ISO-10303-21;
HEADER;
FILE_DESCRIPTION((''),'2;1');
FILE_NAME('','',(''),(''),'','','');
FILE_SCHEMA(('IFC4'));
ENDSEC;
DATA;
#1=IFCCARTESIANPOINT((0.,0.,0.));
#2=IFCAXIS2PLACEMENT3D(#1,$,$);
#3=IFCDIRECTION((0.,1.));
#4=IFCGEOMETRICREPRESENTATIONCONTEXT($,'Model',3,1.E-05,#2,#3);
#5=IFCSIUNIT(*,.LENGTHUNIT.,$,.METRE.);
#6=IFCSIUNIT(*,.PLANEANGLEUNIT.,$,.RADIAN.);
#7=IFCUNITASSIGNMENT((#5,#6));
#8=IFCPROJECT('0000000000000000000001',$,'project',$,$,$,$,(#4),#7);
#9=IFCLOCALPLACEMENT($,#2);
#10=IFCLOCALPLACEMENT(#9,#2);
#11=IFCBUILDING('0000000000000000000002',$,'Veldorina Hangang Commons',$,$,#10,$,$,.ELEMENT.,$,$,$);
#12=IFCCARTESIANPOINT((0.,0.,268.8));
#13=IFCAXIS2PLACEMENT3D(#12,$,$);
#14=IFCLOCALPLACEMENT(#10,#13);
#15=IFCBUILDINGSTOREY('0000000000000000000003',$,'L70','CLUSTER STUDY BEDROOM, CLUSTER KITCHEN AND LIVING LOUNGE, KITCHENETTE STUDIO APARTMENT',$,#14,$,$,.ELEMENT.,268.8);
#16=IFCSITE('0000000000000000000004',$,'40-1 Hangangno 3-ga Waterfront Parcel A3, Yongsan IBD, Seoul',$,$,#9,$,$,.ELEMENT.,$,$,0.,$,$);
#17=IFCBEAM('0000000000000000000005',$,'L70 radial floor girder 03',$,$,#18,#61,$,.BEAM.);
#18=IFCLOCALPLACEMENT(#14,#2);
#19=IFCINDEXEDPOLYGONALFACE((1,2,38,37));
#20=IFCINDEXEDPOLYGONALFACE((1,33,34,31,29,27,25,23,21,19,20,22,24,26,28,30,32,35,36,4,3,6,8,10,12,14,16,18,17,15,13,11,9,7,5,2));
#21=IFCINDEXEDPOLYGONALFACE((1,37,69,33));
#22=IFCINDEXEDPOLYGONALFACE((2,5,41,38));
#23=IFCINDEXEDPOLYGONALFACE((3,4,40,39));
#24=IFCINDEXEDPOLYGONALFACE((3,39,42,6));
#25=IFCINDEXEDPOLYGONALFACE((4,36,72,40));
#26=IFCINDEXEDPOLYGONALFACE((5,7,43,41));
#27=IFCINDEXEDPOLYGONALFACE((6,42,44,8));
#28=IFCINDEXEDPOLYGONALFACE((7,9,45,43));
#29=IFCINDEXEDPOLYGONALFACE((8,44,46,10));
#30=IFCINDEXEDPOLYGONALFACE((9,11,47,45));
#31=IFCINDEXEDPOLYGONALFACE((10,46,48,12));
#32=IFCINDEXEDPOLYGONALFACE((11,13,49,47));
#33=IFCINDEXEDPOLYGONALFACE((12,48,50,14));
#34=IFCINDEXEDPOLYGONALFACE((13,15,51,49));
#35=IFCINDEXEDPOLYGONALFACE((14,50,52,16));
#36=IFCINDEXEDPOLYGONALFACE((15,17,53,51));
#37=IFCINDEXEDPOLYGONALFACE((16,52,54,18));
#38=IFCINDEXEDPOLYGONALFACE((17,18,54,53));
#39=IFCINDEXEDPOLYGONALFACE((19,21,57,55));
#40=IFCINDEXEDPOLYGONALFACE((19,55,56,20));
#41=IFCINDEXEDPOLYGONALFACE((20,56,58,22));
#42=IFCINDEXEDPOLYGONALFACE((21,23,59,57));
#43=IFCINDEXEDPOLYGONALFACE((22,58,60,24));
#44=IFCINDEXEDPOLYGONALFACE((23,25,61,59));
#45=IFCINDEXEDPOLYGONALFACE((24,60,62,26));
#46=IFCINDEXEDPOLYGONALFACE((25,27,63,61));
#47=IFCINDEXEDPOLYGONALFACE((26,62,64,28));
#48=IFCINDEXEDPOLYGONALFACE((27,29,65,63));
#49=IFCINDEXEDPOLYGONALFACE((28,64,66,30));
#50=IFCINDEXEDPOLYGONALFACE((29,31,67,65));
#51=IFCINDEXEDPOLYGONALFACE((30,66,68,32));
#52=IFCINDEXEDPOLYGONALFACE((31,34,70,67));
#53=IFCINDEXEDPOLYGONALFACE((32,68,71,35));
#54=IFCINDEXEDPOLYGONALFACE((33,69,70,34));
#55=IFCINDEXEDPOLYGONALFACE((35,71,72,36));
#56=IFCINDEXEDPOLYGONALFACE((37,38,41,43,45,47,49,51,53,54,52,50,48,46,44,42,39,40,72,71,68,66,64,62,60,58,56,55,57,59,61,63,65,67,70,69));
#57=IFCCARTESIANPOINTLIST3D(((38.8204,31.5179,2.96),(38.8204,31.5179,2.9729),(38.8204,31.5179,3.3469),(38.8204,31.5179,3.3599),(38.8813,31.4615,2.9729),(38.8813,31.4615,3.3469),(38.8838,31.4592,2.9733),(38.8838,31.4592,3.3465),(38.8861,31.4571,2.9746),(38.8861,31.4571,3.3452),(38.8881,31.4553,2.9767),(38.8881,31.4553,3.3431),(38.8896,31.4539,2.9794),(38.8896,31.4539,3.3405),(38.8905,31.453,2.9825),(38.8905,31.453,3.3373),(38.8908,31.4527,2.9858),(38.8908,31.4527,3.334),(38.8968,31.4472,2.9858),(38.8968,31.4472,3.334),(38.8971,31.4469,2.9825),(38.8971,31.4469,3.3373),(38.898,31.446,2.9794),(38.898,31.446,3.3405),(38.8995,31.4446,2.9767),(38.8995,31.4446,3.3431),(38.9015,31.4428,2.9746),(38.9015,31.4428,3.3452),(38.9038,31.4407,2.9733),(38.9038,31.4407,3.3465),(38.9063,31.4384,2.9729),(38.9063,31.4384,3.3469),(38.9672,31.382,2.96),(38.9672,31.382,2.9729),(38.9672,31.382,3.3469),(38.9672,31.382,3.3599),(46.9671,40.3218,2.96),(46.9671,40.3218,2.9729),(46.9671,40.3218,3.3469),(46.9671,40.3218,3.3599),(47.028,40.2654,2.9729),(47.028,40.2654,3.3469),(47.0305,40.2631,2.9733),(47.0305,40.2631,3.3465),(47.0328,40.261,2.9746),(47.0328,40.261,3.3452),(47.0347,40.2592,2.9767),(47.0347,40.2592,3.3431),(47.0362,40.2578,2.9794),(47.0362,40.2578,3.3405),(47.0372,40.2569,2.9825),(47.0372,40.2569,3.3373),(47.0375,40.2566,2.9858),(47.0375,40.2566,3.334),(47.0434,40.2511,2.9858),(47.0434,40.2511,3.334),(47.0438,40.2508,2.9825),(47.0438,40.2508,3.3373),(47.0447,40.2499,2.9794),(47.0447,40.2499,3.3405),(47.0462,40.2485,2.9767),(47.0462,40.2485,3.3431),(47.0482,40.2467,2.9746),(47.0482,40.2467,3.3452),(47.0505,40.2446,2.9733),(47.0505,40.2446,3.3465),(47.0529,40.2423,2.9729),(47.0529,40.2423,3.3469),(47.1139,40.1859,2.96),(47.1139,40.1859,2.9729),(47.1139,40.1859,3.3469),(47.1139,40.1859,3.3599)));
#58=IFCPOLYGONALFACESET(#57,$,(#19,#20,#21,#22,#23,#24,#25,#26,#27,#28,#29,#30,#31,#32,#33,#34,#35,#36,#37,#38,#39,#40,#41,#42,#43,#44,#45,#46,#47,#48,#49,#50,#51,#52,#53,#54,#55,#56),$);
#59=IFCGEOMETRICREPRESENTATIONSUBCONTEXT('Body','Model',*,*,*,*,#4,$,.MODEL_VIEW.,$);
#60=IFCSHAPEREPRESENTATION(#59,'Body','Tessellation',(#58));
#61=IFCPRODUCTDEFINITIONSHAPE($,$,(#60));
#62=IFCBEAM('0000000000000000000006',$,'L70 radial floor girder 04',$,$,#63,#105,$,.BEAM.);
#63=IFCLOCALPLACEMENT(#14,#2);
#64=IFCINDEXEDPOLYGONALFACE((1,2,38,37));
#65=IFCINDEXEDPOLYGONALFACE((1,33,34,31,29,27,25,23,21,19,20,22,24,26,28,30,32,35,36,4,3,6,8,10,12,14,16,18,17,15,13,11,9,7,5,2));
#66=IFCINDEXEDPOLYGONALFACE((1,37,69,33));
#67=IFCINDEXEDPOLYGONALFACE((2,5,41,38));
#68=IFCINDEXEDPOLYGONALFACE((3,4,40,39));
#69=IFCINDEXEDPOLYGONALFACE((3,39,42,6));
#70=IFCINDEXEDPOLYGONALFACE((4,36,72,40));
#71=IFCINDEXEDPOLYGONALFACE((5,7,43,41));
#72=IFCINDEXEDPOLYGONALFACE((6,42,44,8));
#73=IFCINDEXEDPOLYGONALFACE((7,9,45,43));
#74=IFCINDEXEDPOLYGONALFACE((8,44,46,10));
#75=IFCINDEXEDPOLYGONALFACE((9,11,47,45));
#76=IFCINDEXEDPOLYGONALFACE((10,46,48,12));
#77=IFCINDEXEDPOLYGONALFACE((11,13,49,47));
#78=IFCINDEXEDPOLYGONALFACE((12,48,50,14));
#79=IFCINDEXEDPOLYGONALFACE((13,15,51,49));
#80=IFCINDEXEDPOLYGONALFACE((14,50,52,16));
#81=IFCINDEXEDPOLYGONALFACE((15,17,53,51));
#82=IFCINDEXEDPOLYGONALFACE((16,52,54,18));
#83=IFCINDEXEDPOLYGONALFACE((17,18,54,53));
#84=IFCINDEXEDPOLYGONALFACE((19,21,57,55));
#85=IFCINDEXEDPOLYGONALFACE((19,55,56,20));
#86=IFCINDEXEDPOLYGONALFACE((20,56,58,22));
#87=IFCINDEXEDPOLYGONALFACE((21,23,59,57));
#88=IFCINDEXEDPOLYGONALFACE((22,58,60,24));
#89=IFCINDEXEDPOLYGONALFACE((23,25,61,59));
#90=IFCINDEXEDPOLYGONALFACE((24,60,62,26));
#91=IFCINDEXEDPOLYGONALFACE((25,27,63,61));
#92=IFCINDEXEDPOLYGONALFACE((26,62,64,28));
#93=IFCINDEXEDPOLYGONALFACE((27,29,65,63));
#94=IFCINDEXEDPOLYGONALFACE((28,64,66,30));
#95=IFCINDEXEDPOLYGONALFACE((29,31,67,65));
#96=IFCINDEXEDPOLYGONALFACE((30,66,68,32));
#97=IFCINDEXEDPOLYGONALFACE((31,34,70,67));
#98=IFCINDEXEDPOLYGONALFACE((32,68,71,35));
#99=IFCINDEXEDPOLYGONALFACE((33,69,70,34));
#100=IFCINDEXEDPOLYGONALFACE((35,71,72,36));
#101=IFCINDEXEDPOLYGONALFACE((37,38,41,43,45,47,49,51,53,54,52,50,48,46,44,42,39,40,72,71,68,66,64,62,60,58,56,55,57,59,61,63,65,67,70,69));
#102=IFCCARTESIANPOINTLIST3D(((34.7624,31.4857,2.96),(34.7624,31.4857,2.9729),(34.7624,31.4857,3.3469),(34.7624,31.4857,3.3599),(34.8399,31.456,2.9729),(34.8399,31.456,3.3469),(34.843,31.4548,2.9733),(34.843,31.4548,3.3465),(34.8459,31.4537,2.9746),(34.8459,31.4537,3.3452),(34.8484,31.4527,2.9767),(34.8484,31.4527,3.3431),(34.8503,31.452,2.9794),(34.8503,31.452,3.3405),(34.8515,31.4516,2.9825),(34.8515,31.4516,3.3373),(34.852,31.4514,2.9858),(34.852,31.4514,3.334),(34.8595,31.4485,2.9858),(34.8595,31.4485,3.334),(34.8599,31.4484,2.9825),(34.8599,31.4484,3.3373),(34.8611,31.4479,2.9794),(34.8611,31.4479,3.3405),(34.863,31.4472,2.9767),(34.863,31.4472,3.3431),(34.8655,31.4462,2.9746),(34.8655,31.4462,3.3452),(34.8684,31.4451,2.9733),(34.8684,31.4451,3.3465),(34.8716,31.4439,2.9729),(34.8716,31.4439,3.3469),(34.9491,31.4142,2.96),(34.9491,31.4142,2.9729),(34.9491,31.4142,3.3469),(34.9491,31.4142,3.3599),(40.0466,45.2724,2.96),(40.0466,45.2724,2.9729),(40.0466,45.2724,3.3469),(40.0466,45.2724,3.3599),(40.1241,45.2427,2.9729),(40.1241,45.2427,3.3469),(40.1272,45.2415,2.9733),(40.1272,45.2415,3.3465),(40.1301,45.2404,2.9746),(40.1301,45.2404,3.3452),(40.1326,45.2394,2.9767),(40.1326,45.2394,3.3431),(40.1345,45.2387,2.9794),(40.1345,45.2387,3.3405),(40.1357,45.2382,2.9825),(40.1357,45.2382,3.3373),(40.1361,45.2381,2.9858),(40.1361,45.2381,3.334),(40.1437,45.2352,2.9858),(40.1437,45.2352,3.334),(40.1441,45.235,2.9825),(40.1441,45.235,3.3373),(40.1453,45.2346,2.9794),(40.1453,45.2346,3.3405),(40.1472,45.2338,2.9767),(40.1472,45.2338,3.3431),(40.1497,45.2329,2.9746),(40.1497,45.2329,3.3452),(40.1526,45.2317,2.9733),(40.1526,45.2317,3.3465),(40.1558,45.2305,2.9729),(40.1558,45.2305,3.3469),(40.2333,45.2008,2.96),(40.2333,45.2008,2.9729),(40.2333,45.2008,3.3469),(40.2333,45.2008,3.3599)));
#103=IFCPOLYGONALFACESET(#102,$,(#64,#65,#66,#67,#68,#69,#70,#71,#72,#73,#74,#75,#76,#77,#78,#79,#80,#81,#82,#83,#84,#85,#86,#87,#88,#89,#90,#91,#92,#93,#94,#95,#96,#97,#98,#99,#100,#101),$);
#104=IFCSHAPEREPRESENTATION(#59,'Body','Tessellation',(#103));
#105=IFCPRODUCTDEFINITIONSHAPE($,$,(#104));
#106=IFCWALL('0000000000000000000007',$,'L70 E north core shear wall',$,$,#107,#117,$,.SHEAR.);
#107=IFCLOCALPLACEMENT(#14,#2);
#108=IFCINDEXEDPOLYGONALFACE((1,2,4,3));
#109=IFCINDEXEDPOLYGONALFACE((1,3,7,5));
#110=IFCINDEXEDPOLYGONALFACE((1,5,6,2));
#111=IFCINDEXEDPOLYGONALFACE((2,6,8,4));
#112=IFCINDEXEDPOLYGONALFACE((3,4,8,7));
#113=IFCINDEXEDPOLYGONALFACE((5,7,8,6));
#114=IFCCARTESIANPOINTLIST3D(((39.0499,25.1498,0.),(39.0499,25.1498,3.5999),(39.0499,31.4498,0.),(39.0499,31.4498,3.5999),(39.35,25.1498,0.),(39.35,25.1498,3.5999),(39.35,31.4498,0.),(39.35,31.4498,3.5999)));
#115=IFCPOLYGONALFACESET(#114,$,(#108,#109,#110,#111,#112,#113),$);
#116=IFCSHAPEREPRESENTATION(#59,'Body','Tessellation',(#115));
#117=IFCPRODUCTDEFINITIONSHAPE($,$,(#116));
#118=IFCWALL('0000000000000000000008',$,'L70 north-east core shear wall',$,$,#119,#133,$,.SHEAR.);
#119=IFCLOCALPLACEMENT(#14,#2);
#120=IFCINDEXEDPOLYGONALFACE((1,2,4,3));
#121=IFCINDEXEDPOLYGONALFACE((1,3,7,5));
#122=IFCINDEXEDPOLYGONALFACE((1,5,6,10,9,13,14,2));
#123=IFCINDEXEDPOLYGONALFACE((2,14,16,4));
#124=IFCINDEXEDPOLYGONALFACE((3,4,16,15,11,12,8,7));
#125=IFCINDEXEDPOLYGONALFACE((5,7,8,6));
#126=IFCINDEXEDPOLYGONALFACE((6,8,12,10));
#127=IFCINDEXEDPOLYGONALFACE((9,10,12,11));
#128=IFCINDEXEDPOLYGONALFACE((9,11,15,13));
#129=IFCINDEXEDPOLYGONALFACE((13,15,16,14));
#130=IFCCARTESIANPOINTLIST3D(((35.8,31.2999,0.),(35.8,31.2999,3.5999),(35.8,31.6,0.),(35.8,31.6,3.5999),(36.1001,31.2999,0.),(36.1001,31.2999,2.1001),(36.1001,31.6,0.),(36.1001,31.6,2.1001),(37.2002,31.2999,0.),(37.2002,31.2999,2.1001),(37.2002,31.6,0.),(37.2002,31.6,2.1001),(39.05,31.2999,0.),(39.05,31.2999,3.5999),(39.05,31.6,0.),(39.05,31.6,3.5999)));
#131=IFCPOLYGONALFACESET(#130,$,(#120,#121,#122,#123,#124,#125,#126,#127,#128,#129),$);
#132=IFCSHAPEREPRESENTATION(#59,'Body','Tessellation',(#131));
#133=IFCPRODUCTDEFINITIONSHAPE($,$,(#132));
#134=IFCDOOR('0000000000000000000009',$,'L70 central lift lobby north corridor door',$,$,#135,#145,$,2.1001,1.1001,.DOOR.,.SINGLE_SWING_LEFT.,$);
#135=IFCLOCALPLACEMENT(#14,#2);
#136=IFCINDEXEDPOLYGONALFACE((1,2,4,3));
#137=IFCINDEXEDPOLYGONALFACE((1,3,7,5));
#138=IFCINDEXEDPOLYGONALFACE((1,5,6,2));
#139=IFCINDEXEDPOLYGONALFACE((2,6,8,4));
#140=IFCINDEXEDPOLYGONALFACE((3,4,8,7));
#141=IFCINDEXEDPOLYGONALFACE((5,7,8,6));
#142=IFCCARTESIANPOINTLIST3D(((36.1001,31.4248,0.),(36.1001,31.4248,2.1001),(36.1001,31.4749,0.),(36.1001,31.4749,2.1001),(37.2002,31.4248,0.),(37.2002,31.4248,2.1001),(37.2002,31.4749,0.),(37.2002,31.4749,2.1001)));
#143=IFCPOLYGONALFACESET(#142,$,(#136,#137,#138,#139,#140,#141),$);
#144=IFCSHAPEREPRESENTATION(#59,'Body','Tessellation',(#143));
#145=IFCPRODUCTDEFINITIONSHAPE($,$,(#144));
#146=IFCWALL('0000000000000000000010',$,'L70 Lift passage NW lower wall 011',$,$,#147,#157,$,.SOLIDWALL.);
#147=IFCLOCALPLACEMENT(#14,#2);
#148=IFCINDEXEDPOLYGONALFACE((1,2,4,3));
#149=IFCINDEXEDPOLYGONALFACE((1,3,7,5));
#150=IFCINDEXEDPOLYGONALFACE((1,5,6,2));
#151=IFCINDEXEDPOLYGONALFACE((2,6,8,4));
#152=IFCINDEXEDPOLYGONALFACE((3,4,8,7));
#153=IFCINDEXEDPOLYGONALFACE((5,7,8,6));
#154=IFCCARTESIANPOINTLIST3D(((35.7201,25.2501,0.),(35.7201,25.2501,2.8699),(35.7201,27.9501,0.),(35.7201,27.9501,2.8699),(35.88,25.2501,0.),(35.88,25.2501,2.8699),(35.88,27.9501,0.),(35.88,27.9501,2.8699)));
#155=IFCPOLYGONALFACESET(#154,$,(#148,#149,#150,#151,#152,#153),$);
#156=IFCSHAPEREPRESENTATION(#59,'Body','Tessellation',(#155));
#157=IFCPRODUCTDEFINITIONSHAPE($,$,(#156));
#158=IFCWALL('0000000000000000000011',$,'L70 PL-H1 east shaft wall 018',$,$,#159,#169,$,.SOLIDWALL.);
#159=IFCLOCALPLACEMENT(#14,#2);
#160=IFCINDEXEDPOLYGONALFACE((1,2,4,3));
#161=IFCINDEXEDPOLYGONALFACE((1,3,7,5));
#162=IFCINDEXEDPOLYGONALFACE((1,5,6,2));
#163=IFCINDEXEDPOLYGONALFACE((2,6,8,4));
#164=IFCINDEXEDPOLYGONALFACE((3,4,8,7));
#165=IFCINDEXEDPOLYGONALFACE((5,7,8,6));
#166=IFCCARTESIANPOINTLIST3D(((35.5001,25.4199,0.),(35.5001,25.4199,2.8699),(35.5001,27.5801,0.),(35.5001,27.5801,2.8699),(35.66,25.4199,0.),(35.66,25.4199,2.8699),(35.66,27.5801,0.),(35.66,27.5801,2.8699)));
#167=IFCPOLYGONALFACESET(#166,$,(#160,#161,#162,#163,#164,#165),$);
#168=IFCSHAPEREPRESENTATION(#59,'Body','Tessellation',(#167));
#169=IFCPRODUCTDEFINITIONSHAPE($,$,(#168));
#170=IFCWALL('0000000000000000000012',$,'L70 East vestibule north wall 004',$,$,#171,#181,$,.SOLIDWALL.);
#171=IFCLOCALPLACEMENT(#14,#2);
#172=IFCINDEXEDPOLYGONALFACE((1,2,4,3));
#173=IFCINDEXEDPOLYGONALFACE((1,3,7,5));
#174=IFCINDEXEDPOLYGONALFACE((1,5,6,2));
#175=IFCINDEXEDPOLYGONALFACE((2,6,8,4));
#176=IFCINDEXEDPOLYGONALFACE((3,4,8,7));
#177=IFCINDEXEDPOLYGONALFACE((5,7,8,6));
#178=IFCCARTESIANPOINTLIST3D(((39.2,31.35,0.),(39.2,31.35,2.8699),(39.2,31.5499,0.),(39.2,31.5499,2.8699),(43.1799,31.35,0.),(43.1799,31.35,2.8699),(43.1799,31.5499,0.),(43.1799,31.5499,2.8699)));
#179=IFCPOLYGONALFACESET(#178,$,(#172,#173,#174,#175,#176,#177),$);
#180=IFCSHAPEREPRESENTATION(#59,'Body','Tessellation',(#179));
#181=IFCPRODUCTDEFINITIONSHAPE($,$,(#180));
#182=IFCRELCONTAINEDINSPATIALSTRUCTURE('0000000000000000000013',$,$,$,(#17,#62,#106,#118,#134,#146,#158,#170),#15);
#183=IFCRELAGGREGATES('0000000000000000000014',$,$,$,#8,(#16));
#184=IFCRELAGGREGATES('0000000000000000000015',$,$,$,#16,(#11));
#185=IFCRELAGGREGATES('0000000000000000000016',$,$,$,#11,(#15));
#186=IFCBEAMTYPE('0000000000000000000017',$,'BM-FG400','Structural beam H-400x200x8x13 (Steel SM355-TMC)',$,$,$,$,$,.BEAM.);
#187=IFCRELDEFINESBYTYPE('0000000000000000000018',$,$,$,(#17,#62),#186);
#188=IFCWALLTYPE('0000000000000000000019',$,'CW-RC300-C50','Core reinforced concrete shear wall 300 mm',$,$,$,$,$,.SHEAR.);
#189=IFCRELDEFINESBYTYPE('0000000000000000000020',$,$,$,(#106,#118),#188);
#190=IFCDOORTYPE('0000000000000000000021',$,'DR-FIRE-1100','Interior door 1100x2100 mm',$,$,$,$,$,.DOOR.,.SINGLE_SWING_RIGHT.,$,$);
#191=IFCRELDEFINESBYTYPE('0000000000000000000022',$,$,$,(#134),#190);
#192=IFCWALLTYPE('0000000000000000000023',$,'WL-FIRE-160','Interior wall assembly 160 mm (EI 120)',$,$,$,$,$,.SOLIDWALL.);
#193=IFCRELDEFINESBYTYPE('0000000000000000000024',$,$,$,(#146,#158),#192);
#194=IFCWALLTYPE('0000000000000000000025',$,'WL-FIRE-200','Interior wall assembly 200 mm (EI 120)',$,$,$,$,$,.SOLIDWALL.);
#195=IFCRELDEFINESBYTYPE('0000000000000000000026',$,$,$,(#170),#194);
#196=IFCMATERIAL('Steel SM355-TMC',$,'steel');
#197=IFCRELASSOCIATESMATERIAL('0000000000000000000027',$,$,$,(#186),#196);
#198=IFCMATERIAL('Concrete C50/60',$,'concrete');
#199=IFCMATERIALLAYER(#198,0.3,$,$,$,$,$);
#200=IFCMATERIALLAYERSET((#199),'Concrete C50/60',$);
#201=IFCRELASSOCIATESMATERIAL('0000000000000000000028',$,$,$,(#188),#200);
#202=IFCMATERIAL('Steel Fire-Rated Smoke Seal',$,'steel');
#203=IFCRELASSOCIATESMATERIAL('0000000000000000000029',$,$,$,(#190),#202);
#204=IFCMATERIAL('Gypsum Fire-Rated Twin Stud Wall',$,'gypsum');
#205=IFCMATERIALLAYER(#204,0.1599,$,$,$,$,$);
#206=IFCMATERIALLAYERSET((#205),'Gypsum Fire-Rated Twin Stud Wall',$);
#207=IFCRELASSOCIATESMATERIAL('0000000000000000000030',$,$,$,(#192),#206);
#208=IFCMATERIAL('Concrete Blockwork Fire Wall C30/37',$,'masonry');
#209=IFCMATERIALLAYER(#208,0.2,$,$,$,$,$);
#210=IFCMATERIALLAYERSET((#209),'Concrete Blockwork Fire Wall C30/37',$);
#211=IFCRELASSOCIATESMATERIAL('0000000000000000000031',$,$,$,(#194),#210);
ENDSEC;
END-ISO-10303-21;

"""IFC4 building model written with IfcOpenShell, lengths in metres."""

from ifc_helpers import new_model, si_unit, direction, frame, frame_2d, origin, origin_2d, place, context, subcontext, project, spatial, rectangle, i_section, extrude, material, layer, layer_set, material_profile, profile_set, type_object, element, fill, save


model = new_model("IFC4")

# Units and contexts
model_context = context("Model", 3, precision=1e-05, world=origin(), true_north=direction((0.0, 1.0)))
body_context = subcontext(model_context, "Body", "Model", "MODEL_VIEW")
ifc_project = project(units=[si_unit("LENGTHUNIT", "METRE"), si_unit("PLANEANGLEUNIT", "RADIAN")], contexts=[model_context])

# Site, building, storey
site_placement = place(None, origin())
site = spatial("IfcSite", under=ifc_project, at=site_placement, Name="40-1 Hangangno 3-ga Waterfront Parcel A3, Yongsan IBD, Seoul", CompositionType="ELEMENT", RefElevation=0.0)
building_placement = place(site_placement, origin())
building = spatial("IfcBuilding", under=site, at=building_placement, Name="Veldorina Hangang Commons", CompositionType="ELEMENT")
storey_placement = place(building_placement, frame((0.0, 0.0, 268.8)))
storey = spatial("IfcBuildingStorey", under=building, at=storey_placement, Name="L70", Description="CLUSTER STUDY BEDROOM, CLUSTER KITCHEN AND LIVING LOUNGE, KITCHENETTE STUDIO APARTMENT", CompositionType="ELEMENT", Elevation=268.8)

# Beams
ifc_material_1 = material(Name="Steel SM355-TMC", Category="steel")
ifc_material_profile = material_profile(ifc_material_1, i_section(OverallWidth=0.2, OverallDepth=0.3999, WebThickness=0.0081, FlangeThickness=0.0129, FilletRadius=0.0129, at=origin_2d()), Name="H-400x200x8x13")
ifc_profile_set = profile_set([ifc_material_profile], Name="Steel SM355-TMC")
beam_type = type_object("IfcBeamType", Name="BM-FG400", Description="Structural beam H-400x200x8x13 (Steel SM355-TMC)", PredefinedType="BEAM", material=ifc_profile_set)
beam_1_placement = place(storey_placement, frame((38.8938, 31.45, 3.1599), z_axis=(0.67918, 0.733972, 0.0), x_axis=(-0.733972, 0.67918, 0.0)))
element("IfcBeam", 1, at=beam_1_placement, inside=storey, type_object=beam_type, Name="L70 radial floor girder 03", PredefinedType="BEAM", context=body_context, shape_type="SweptSolid", body=[
    extrude(i_section(OverallWidth=0.2, OverallDepth=0.3999, WebThickness=0.0081, FlangeThickness=0.0129, FilletRadius=0.0129, at=origin_2d()), origin(), (0.0, 0.0, 1.0), 11.9949),
])
beam_2_placement = place(storey_placement, frame((34.8557, 31.45, 3.1599), z_axis=(0.357895, 0.933762, 0.0), x_axis=(-0.933762, 0.357895, 0.0)))
element("IfcBeam", 2, at=beam_2_placement, inside=storey, type_object=beam_type, Name="L70 radial floor girder 04", PredefinedType="BEAM", context=body_context, shape_type="SweptSolid", body=[
    extrude(i_section(OverallWidth=0.2, OverallDepth=0.3999, WebThickness=0.0081, FlangeThickness=0.0129, FilletRadius=0.0129, at=origin_2d()), origin(), (0.0, 0.0, 1.0), 14.7646),
])

# Wall
ifc_material_2 = material(Name="Concrete C50/60", Category="concrete")
ifc_layer_1 = layer(ifc_material_2, 0.3)
ifc_layer_set_1 = layer_set([ifc_layer_1], Name="Concrete C50/60")
wall_type_1 = type_object("IfcWallType", Name="CW-RC300-C50", Description="Core reinforced concrete shear wall 300 mm", PredefinedType="SHEAR", material=ifc_layer_set_1)
wall_1_placement = place(storey_placement, frame((39.2, 25.1499, 0.0), z_axis=(0.0, 0.0, 1.0), x_axis=(0.0, 1.0, 0.0)))
element("IfcWall", 3, at=wall_1_placement, inside=storey, type_object=wall_type_1, Name="L70 E north core shear wall", PredefinedType="SHEAR", context=body_context, shape_type="SweptSolid", body=[
    extrude(rectangle(XDim=6.3, YDim=0.3, at=frame_2d((3.1499, 0.0))), origin(), (0.0, 0.0, 1.0), 3.5999),
])

# Wall, opening, door
wall_2_placement = place(storey_placement, frame((35.8, 31.45, 0.0), z_axis=(0.0, 0.0, 1.0), x_axis=(1.0, 0.0, 0.0)))
wall_2 = element("IfcWall", 4, at=wall_2_placement, inside=storey, type_object=wall_type_1, Name="L70 north-east core shear wall", PredefinedType="SHEAR", context=body_context, shape_type="SweptSolid", body=[
    extrude(rectangle(XDim=3.25, YDim=0.3, at=frame_2d((1.625, 0.0))), origin(), (0.0, 0.0, 1.0), 3.5999),
])
opening_1_placement = place(wall_2_placement, frame((0.3, 0.0, 0.0)))
opening_1 = element("IfcOpeningElement", 5, at=opening_1_placement, cuts=wall_2, PredefinedType="OPENING", context=body_context, shape_type="SweptSolid", body=[
    extrude(rectangle(XDim=1.1001, YDim=2.1001, at=frame_2d((0.55, 1.05))), frame((0.0, 0.1602, 0.0), z_axis=(0.0, -1.0, 0.0), x_axis=(1.0, 0.0, 0.0)), (0.0, 0.0, 1.0), 0.3201),
])
ifc_material_3 = material(Name="Steel Fire-Rated Smoke Seal", Category="steel")
door_type_1 = type_object("IfcDoorType", Name="DR-FIRE-1100", Description="Interior door 1100x2100 mm", OperationType="SINGLE_SWING_RIGHT", PredefinedType="DOOR", material=ifc_material_3)
door_1_placement = place(opening_1_placement, origin())
door_1 = element("IfcDoor", 6, at=door_1_placement, inside=storey, type_object=door_type_1, Name="L70 central lift lobby north corridor door", OperationType="SINGLE_SWING_LEFT", OverallHeight=2.1001, OverallWidth=1.1001, PredefinedType="DOOR", context=body_context, shape_type="SweptSolid", body=[
    extrude(rectangle(XDim=1.1001, YDim=2.1001, at=frame_2d((0.55, 1.05))), frame((0.0, 0.0249, 0.0), z_axis=(0.0, -1.0, 0.0), x_axis=(1.0, 0.0, 0.0)), (0.0, 0.0, 1.0), 0.05),
])
fill(opening_1, door_1)

# Walls
ifc_material_4 = material(Name="Gypsum Fire-Rated Twin Stud Wall", Category="gypsum")
ifc_layer_2 = layer(ifc_material_4, 0.1599)
ifc_layer_set_2 = layer_set([ifc_layer_2], Name="Gypsum Fire-Rated Twin Stud Wall")
wall_type_2 = type_object("IfcWallType", Name="WL-FIRE-160", Description="Interior wall assembly 160 mm (EI 120)", PredefinedType="SOLIDWALL", material=ifc_layer_set_2)
wall_3_placement = place(storey_placement, frame((35.8, 25.25, 0.0), z_axis=(0.0, 0.0, 1.0), x_axis=(0.0, 1.0, 0.0)))
element("IfcWall", 7, at=wall_3_placement, inside=storey, type_object=wall_type_2, Name="L70 Lift passage NW lower wall 011", PredefinedType="SOLIDWALL", context=body_context, shape_type="SweptSolid", body=[
    extrude(rectangle(XDim=2.7, YDim=0.1599, at=frame_2d((1.3501, 0.0))), origin(), (0.0, 0.0, 1.0), 2.8699),
])
wall_4_placement = place(storey_placement, frame((35.5801, 25.4199, 0.0), z_axis=(0.0, 0.0, 1.0), x_axis=(0.0, 1.0, 0.0)))
element("IfcWall", 8, at=wall_4_placement, inside=storey, type_object=wall_type_2, Name="L70 PL-H1 east shaft wall 018", PredefinedType="SOLIDWALL", context=body_context, shape_type="SweptSolid", body=[
    extrude(rectangle(XDim=2.1602, YDim=0.1599, at=frame_2d((1.0801, 0.0))), origin(), (0.0, 0.0, 1.0), 2.8699),
])
ifc_material_5 = material(Name="Concrete Blockwork Fire Wall C30/37", Category="masonry")
ifc_layer_3 = layer(ifc_material_5, 0.2)
ifc_layer_set_3 = layer_set([ifc_layer_3], Name="Concrete Blockwork Fire Wall C30/37")
wall_type_3 = type_object("IfcWallType", Name="WL-FIRE-200", Description="Interior wall assembly 200 mm (EI 120)", PredefinedType="SOLIDWALL", material=ifc_layer_set_3)
wall_5_placement = place(storey_placement, frame((39.2, 31.45, 0.0), z_axis=(0.0, 0.0, 1.0), x_axis=(1.0, 0.0, 0.0)))
element("IfcWall", 9, at=wall_5_placement, inside=storey, type_object=wall_type_3, Name="L70 East vestibule north wall 004", PredefinedType="SOLIDWALL", context=body_context, shape_type="SweptSolid", body=[
    extrude(rectangle(XDim=3.98, YDim=0.2, at=frame_2d((1.99, 0.0))), origin(), (0.0, 0.0, 1.0), 2.8699),
])

save(model, "model.ifc")
